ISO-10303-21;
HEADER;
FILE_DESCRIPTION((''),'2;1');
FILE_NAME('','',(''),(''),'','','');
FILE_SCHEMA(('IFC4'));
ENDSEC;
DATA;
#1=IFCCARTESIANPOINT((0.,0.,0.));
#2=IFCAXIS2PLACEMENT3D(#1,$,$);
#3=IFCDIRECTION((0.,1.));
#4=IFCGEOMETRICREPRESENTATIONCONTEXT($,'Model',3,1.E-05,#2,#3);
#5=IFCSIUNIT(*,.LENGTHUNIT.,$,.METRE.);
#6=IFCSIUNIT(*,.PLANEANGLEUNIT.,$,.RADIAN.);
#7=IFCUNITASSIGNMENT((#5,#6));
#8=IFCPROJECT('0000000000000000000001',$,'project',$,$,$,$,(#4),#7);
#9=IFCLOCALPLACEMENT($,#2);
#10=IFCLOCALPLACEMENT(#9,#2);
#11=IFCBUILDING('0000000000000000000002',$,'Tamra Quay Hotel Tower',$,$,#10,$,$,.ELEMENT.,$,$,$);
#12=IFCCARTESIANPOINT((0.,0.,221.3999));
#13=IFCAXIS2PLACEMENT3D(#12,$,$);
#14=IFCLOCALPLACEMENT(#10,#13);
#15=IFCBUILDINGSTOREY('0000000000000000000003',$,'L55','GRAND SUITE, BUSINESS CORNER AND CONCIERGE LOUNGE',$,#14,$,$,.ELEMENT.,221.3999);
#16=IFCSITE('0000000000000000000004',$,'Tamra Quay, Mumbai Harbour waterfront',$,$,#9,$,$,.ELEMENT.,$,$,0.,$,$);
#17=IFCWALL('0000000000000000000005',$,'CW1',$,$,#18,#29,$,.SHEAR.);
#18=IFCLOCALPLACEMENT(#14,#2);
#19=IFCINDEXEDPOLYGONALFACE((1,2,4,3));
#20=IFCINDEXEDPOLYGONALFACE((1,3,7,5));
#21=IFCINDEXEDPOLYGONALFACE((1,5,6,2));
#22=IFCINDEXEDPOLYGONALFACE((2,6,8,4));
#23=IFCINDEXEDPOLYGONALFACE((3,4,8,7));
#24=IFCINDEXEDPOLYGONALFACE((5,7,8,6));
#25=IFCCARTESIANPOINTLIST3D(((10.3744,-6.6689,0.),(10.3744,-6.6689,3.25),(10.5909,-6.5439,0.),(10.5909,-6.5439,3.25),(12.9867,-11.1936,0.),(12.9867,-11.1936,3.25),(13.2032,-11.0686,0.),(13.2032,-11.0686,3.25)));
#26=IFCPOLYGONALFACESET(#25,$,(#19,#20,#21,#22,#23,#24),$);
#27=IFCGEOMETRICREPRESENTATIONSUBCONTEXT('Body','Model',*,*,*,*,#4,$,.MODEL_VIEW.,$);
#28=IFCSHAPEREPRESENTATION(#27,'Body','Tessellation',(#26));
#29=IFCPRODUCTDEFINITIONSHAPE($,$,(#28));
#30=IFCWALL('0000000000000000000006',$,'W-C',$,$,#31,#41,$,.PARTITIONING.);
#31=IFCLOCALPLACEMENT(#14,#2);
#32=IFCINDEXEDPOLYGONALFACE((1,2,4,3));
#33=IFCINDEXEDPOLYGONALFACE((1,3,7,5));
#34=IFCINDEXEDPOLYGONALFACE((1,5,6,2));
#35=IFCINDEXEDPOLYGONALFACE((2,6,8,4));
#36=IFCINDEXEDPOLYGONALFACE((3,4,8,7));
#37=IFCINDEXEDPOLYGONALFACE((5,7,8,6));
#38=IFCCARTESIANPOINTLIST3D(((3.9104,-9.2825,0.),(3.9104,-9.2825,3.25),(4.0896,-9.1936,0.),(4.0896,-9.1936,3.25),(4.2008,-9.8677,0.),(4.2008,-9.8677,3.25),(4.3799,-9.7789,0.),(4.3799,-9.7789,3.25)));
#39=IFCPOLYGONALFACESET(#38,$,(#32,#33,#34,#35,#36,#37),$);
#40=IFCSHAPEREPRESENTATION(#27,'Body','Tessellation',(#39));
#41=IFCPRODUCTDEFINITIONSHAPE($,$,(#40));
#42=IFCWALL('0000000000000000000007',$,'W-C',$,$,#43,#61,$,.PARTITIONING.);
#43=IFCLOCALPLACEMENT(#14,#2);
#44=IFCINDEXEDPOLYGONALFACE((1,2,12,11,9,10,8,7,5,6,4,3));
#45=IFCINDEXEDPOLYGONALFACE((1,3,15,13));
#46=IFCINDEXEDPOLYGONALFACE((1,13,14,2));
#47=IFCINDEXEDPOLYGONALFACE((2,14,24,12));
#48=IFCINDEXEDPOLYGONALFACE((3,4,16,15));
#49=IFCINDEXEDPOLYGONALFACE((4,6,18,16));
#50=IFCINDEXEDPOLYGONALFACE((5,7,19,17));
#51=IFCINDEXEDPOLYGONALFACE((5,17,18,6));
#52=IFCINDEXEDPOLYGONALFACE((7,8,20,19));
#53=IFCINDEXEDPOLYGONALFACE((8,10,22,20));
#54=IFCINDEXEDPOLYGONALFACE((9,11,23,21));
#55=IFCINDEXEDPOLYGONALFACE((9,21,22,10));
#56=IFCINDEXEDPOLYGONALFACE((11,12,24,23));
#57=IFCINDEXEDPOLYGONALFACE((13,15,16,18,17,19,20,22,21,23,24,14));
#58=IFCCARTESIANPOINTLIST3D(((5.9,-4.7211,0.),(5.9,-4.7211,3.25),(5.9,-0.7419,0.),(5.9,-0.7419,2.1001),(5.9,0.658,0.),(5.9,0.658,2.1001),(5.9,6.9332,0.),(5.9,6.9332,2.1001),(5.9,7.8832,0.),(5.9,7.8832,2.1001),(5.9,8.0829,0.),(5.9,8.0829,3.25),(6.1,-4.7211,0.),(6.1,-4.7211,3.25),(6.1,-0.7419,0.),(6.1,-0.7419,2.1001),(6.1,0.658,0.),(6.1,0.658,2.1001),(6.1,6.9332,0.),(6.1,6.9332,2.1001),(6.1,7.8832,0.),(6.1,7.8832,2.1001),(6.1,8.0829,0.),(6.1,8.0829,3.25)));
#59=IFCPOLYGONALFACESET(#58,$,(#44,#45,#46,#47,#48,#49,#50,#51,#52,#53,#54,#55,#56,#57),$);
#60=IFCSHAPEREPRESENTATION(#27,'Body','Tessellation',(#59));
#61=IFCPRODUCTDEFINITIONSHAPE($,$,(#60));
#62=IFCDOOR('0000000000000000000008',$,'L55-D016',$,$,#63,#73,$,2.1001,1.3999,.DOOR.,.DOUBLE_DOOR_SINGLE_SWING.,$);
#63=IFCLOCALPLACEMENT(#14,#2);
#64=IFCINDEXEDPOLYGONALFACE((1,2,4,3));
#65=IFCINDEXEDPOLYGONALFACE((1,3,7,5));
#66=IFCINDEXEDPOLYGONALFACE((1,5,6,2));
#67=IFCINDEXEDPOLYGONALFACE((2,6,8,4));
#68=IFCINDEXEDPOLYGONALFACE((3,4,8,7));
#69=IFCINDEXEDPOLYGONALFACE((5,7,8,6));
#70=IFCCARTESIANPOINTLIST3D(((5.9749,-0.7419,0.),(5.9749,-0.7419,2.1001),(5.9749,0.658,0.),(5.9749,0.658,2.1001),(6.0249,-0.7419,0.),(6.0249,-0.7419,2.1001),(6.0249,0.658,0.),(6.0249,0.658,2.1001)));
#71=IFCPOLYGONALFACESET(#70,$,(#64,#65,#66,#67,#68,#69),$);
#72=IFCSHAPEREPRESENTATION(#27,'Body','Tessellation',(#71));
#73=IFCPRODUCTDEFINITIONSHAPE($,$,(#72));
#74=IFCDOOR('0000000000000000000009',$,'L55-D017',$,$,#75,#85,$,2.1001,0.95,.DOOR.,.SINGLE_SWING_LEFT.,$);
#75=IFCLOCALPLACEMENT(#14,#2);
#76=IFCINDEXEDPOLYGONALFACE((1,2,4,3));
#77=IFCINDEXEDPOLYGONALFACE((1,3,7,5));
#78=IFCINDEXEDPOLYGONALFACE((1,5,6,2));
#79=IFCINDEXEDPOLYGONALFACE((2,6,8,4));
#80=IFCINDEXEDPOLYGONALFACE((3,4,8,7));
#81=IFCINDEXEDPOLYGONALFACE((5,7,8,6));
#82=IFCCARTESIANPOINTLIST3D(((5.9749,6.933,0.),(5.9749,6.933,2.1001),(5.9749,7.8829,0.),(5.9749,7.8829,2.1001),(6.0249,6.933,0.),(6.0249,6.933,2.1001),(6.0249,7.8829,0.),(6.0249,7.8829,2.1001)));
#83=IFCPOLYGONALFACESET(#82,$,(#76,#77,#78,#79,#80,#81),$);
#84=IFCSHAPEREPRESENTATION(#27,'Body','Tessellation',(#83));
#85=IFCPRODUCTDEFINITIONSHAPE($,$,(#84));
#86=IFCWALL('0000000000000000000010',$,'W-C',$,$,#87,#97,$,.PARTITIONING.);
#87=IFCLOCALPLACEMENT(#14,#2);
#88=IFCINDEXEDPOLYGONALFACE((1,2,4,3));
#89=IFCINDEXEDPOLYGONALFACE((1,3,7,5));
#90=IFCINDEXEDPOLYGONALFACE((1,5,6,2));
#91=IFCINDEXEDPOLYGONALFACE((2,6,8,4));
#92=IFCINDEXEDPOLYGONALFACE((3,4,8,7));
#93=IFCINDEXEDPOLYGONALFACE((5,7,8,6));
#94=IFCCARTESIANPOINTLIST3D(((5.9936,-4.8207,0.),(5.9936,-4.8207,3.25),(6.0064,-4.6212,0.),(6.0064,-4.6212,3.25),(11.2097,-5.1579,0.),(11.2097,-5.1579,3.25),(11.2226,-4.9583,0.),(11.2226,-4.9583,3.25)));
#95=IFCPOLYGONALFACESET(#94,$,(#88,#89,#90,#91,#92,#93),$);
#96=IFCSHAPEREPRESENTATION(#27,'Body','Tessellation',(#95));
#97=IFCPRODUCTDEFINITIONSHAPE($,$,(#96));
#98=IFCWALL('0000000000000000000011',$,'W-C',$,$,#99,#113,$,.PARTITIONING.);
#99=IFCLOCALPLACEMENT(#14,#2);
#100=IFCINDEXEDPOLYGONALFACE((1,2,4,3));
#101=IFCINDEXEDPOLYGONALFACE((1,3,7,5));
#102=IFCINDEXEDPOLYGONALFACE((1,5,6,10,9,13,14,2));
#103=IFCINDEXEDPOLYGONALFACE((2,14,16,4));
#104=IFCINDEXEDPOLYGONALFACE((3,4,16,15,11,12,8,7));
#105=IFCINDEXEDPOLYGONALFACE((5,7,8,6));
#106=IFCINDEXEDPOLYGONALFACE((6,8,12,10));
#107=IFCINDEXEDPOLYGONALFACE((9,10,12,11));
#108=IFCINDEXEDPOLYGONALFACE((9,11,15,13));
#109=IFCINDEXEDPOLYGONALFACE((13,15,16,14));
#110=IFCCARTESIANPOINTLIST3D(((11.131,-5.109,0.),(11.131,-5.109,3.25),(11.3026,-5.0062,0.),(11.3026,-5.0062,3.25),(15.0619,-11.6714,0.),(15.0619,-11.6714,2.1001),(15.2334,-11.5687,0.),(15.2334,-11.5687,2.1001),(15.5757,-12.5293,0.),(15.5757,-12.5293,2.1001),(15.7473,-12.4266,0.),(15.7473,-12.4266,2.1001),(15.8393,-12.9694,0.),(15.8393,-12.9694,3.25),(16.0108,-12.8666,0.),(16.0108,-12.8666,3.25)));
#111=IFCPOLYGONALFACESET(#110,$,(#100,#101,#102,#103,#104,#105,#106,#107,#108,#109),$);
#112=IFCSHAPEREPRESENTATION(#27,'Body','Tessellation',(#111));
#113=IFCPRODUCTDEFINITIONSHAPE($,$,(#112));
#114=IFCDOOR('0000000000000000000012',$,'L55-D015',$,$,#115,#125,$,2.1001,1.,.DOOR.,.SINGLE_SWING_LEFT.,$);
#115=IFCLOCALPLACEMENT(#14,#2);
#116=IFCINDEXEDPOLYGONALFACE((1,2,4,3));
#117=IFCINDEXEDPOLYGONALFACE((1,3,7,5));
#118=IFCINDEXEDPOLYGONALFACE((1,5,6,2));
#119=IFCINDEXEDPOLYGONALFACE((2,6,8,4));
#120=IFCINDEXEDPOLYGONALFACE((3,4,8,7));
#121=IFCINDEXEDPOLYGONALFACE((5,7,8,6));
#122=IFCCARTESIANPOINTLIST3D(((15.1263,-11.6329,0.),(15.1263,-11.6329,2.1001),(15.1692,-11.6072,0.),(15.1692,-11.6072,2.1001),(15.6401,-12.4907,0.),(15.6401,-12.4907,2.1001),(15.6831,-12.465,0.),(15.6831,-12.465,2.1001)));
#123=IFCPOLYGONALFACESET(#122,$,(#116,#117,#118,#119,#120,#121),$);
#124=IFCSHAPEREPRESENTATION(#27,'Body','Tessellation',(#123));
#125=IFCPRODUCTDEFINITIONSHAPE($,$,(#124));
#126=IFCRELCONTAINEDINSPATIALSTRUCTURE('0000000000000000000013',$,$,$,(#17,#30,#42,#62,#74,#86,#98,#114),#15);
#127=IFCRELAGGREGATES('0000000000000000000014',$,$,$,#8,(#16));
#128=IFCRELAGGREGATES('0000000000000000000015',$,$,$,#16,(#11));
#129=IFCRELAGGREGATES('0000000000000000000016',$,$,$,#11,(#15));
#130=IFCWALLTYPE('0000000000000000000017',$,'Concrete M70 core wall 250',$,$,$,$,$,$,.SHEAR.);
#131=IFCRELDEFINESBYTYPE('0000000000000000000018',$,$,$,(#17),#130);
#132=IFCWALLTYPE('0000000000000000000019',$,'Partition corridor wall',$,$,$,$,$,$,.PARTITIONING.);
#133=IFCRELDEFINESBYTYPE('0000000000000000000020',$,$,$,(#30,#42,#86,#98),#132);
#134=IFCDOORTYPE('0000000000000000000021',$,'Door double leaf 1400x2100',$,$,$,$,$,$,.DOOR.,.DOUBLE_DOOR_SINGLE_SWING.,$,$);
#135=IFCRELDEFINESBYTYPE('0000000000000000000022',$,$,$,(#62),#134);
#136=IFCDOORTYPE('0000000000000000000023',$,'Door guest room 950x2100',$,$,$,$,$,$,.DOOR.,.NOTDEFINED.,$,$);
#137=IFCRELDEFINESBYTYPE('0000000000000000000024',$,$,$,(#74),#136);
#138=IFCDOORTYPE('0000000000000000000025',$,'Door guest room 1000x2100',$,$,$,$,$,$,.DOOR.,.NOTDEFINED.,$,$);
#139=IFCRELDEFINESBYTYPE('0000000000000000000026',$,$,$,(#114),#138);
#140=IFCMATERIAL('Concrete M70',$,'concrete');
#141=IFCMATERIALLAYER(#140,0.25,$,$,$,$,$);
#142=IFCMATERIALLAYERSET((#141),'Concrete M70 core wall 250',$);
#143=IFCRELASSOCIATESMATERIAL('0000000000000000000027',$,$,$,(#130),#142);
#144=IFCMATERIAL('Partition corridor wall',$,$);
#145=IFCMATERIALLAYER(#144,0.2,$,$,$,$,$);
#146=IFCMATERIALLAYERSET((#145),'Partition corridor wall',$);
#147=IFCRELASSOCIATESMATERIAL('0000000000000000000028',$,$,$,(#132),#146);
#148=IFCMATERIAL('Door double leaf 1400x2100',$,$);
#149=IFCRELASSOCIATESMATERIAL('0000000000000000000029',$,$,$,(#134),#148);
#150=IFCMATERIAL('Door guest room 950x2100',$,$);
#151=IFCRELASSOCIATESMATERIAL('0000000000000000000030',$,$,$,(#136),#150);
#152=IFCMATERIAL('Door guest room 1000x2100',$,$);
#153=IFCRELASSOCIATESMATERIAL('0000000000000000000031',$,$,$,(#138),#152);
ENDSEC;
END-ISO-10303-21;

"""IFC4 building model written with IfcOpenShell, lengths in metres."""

from ifc_helpers import new_model, si_unit, direction, frame, frame_2d, origin, place, context, subcontext, project, spatial, rectangle, extrude, material, layer, layer_set, type_object, element, fill, save


model = new_model("IFC4")

# Units and contexts
model_context = context("Model", 3, precision=1e-05, world=origin(), true_north=direction((0.0, 1.0)))
body_context = subcontext(model_context, "Body", "Model", "MODEL_VIEW")
ifc_project = project(units=[si_unit("LENGTHUNIT", "METRE"), si_unit("PLANEANGLEUNIT", "RADIAN")], contexts=[model_context])

# Site, building, storey
site_placement = place(None, origin())
site = spatial("IfcSite", under=ifc_project, at=site_placement, Name="Tamra Quay, Mumbai Harbour waterfront", CompositionType="ELEMENT", RefElevation=0.0)
building_placement = place(site_placement, origin())
building = spatial("IfcBuilding", under=site, at=building_placement, Name="Tamra Quay Hotel Tower", CompositionType="ELEMENT")
storey_placement = place(building_placement, frame((0.0, 0.0, 221.3999)))
storey = spatial("IfcBuildingStorey", under=building, at=storey_placement, Name="L55", Description="GRAND SUITE, BUSINESS CORNER AND CONCIERGE LOUNGE", CompositionType="ELEMENT", Elevation=221.3999)

# Shared definitions
ifc_material_1 = material(Name="Concrete M70", Category="concrete")

# Walls
ifc_layer_1 = layer(ifc_material_1, 0.25)
ifc_layer_set_1 = layer_set([ifc_layer_1], Name="Concrete M70 core wall 250")
wall_type_1 = type_object("IfcWallType", Name="Concrete M70 core wall 250", PredefinedType="SHEAR", material=ifc_layer_set_1)
wall_1_placement = place(storey_placement, frame((10.4827, -6.6064, 0.0), z_axis=(0.0, 0.0, 1.0), x_axis=(0.499999, -0.866026, 0.0)))
element("IfcWall", 1, at=wall_1_placement, inside=storey, type_object=wall_type_1, Name="CW1", PredefinedType="SHEAR", context=body_context, shape_type="SweptSolid", body=[
    extrude(rectangle(XDim=5.2246, YDim=0.25, at=frame_2d((2.6123, 0.0))), origin(), (0.0, 0.0, 1.0), 3.25),
])
ifc_material_2 = material(Name="Partition corridor wall")
ifc_layer_2 = layer(ifc_material_2, 0.2)
ifc_layer_set_2 = layer_set([ifc_layer_2], Name="Partition corridor wall")
wall_type_2 = type_object("IfcWallType", Name="Partition corridor wall", PredefinedType="PARTITIONING", material=ifc_layer_set_2)
wall_2_placement = place(storey_placement, frame((4.0, -9.238, 0.0), z_axis=(0.0, 0.0, 1.0), x_axis=(0.444371, -0.895843, 0.0)))
element("IfcWall", 2, at=wall_2_placement, inside=storey, type_object=wall_type_2, Name="W-C", PredefinedType="PARTITIONING", context=body_context, shape_type="SweptSolid", body=[
    extrude(rectangle(XDim=0.6533, YDim=0.2, at=frame_2d((0.3267, 0.0))), origin(), (0.0, 0.0, 1.0), 3.25),
])

# Wall, openings, doors
wall_3_placement = place(storey_placement, frame((6.0, -4.7209, 0.0), z_axis=(0.0, 0.0, 1.0), x_axis=(0.0, 1.0, 0.0)))
wall_3 = element("IfcWall", 3, at=wall_3_placement, inside=storey, type_object=wall_type_2, Name="W-C", PredefinedType="PARTITIONING", context=body_context, shape_type="SweptSolid", body=[
    extrude(rectangle(XDim=12.804, YDim=0.2, at=frame_2d((6.4019, 0.0))), origin(), (0.0, 0.0, 1.0), 3.25),
])
opening_1_placement = place(wall_3_placement, frame((3.979, 0.0, 0.0)))
opening_1 = element("IfcOpeningElement", 4, at=opening_1_placement, cuts=wall_3, PredefinedType="OPENING", context=body_context, shape_type="SweptSolid", body=[
    extrude(rectangle(XDim=1.3999, YDim=2.1001, at=frame_2d((0.7, 1.05))), frame((0.0, 0.1099, 0.0), z_axis=(0.0, -1.0, 0.0), x_axis=(1.0, 0.0, 0.0)), (0.0, 0.0, 1.0), 0.22),
])
opening_2_placement = place(wall_3_placement, frame((11.6541, 0.0, 0.0)))
opening_2 = element("IfcOpeningElement", 5, at=opening_2_placement, cuts=wall_3, PredefinedType="OPENING", context=body_context, shape_type="SweptSolid", body=[
    extrude(rectangle(XDim=0.95, YDim=2.1001, at=frame_2d((0.4751, 1.05))), frame((0.0, 0.1099, 0.0), z_axis=(0.0, -1.0, 0.0), x_axis=(1.0, 0.0, 0.0)), (0.0, 0.0, 1.0), 0.22),
])
ifc_material_3 = material(Name="Door double leaf 1400x2100")
door_type_1 = type_object("IfcDoorType", Name="Door double leaf 1400x2100", OperationType="DOUBLE_DOOR_SINGLE_SWING", PredefinedType="DOOR", material=ifc_material_3)
door_1_placement = place(opening_1_placement, frame((1.3999, 0.0, 0.0), z_axis=(0.0, 0.0, 1.0), x_axis=(-1.0, 0.0, 0.0)))
door_1 = element("IfcDoor", 6, at=door_1_placement, inside=storey, type_object=door_type_1, Name="L55-D016", OperationType="DOUBLE_DOOR_SINGLE_SWING", OverallHeight=2.1001, OverallWidth=1.3999, PredefinedType="DOOR", context=body_context, shape_type="SweptSolid", body=[
    extrude(rectangle(XDim=1.3999, YDim=2.1001, at=frame_2d((0.7, 1.05))), frame((0.0, 0.0249, 0.0), z_axis=(0.0, -1.0, 0.0), x_axis=(1.0, 0.0, 0.0)), (0.0, 0.0, 1.0), 0.05),
])
fill(opening_1, door_1)
ifc_material_4 = material(Name="Door guest room 950x2100")
door_type_2 = type_object("IfcDoorType", Name="Door guest room 950x2100", OperationType="NOTDEFINED", PredefinedType="DOOR", material=ifc_material_4)
door_2_placement = place(opening_2_placement, frame((0.95, 0.0, 0.0), z_axis=(0.0, 0.0, 1.0), x_axis=(-1.0, 0.0, 0.0)))
door_2 = element("IfcDoor", 7, at=door_2_placement, inside=storey, type_object=door_type_2, Name="L55-D017", OperationType="SINGLE_SWING_LEFT", OverallHeight=2.1001, OverallWidth=0.95, PredefinedType="DOOR", context=body_context, shape_type="SweptSolid", body=[
    extrude(rectangle(XDim=0.95, YDim=2.1001, at=frame_2d((0.4751, 1.05))), frame((0.0, 0.0249, 0.0), z_axis=(0.0, -1.0, 0.0), x_axis=(1.0, 0.0, 0.0)), (0.0, 0.0, 1.0), 0.05),
])
fill(opening_2, door_2)

# Wall
wall_4_placement = place(storey_placement, frame((6.0, -4.7209, 0.0), z_axis=(0.0, 0.0, 1.0), x_axis=(0.997917, -0.064504, 0.0)))
element("IfcWall", 8, at=wall_4_placement, inside=storey, type_object=wall_type_2, Name="W-C", PredefinedType="PARTITIONING", context=body_context, shape_type="SweptSolid", body=[
    extrude(rectangle(XDim=5.2271, YDim=0.2, at=frame_2d((2.6135, 0.0))), origin(), (0.0, 0.0, 1.0), 3.25),
])

# Wall, opening, door
wall_5_placement = place(storey_placement, frame((11.2168, -5.0576, 0.0), z_axis=(0.0, 0.0, 1.0), x_axis=(0.513857, -0.857876, 0.0)))
wall_5 = element("IfcWall", 9, at=wall_5_placement, inside=storey, type_object=wall_type_2, Name="W-C", PredefinedType="PARTITIONING", context=body_context, shape_type="SweptSolid", body=[
    extrude(rectangle(XDim=9.1626, YDim=0.2, at=frame_2d((4.5813, 0.0))), origin(), (0.0, 0.0, 1.0), 3.25),
])
opening_3_placement = place(wall_5_placement, frame((7.6497, 0.0, 0.0)))
opening_3 = element("IfcOpeningElement", 10, at=opening_3_placement, cuts=wall_5, PredefinedType="OPENING", context=body_context, shape_type="SweptSolid", body=[
    extrude(rectangle(XDim=1.0, YDim=2.1001, at=frame_2d((0.5, 1.05))), frame((0.0, 0.1099, 0.0), z_axis=(0.0, -1.0, 0.0), x_axis=(1.0, 0.0, 0.0)), (0.0, 0.0, 1.0), 0.22),
])
ifc_material_5 = material(Name="Door guest room 1000x2100")
door_type_3 = type_object("IfcDoorType", Name="Door guest room 1000x2100", OperationType="NOTDEFINED", PredefinedType="DOOR", material=ifc_material_5)
door_3_placement = place(opening_3_placement, frame((1.0, 0.0, 0.0), z_axis=(0.0, 0.0, 1.0), x_axis=(-1.0, 0.0, 0.0)))
door_3 = element("IfcDoor", 11, at=door_3_placement, inside=storey, type_object=door_type_3, Name="L55-D015", OperationType="SINGLE_SWING_LEFT", OverallHeight=2.1001, OverallWidth=1.0, PredefinedType="DOOR", context=body_context, shape_type="SweptSolid", body=[
    extrude(rectangle(XDim=1.0, YDim=2.1001, at=frame_2d((0.5, 1.05))), frame((0.0, 0.0249, 0.0), z_axis=(0.0, -1.0, 0.0), x_axis=(1.0, 0.0, 0.0)), (0.0, 0.0, 1.0), 0.05),
])
fill(opening_3, door_3)

save(model, "model.ifc")
